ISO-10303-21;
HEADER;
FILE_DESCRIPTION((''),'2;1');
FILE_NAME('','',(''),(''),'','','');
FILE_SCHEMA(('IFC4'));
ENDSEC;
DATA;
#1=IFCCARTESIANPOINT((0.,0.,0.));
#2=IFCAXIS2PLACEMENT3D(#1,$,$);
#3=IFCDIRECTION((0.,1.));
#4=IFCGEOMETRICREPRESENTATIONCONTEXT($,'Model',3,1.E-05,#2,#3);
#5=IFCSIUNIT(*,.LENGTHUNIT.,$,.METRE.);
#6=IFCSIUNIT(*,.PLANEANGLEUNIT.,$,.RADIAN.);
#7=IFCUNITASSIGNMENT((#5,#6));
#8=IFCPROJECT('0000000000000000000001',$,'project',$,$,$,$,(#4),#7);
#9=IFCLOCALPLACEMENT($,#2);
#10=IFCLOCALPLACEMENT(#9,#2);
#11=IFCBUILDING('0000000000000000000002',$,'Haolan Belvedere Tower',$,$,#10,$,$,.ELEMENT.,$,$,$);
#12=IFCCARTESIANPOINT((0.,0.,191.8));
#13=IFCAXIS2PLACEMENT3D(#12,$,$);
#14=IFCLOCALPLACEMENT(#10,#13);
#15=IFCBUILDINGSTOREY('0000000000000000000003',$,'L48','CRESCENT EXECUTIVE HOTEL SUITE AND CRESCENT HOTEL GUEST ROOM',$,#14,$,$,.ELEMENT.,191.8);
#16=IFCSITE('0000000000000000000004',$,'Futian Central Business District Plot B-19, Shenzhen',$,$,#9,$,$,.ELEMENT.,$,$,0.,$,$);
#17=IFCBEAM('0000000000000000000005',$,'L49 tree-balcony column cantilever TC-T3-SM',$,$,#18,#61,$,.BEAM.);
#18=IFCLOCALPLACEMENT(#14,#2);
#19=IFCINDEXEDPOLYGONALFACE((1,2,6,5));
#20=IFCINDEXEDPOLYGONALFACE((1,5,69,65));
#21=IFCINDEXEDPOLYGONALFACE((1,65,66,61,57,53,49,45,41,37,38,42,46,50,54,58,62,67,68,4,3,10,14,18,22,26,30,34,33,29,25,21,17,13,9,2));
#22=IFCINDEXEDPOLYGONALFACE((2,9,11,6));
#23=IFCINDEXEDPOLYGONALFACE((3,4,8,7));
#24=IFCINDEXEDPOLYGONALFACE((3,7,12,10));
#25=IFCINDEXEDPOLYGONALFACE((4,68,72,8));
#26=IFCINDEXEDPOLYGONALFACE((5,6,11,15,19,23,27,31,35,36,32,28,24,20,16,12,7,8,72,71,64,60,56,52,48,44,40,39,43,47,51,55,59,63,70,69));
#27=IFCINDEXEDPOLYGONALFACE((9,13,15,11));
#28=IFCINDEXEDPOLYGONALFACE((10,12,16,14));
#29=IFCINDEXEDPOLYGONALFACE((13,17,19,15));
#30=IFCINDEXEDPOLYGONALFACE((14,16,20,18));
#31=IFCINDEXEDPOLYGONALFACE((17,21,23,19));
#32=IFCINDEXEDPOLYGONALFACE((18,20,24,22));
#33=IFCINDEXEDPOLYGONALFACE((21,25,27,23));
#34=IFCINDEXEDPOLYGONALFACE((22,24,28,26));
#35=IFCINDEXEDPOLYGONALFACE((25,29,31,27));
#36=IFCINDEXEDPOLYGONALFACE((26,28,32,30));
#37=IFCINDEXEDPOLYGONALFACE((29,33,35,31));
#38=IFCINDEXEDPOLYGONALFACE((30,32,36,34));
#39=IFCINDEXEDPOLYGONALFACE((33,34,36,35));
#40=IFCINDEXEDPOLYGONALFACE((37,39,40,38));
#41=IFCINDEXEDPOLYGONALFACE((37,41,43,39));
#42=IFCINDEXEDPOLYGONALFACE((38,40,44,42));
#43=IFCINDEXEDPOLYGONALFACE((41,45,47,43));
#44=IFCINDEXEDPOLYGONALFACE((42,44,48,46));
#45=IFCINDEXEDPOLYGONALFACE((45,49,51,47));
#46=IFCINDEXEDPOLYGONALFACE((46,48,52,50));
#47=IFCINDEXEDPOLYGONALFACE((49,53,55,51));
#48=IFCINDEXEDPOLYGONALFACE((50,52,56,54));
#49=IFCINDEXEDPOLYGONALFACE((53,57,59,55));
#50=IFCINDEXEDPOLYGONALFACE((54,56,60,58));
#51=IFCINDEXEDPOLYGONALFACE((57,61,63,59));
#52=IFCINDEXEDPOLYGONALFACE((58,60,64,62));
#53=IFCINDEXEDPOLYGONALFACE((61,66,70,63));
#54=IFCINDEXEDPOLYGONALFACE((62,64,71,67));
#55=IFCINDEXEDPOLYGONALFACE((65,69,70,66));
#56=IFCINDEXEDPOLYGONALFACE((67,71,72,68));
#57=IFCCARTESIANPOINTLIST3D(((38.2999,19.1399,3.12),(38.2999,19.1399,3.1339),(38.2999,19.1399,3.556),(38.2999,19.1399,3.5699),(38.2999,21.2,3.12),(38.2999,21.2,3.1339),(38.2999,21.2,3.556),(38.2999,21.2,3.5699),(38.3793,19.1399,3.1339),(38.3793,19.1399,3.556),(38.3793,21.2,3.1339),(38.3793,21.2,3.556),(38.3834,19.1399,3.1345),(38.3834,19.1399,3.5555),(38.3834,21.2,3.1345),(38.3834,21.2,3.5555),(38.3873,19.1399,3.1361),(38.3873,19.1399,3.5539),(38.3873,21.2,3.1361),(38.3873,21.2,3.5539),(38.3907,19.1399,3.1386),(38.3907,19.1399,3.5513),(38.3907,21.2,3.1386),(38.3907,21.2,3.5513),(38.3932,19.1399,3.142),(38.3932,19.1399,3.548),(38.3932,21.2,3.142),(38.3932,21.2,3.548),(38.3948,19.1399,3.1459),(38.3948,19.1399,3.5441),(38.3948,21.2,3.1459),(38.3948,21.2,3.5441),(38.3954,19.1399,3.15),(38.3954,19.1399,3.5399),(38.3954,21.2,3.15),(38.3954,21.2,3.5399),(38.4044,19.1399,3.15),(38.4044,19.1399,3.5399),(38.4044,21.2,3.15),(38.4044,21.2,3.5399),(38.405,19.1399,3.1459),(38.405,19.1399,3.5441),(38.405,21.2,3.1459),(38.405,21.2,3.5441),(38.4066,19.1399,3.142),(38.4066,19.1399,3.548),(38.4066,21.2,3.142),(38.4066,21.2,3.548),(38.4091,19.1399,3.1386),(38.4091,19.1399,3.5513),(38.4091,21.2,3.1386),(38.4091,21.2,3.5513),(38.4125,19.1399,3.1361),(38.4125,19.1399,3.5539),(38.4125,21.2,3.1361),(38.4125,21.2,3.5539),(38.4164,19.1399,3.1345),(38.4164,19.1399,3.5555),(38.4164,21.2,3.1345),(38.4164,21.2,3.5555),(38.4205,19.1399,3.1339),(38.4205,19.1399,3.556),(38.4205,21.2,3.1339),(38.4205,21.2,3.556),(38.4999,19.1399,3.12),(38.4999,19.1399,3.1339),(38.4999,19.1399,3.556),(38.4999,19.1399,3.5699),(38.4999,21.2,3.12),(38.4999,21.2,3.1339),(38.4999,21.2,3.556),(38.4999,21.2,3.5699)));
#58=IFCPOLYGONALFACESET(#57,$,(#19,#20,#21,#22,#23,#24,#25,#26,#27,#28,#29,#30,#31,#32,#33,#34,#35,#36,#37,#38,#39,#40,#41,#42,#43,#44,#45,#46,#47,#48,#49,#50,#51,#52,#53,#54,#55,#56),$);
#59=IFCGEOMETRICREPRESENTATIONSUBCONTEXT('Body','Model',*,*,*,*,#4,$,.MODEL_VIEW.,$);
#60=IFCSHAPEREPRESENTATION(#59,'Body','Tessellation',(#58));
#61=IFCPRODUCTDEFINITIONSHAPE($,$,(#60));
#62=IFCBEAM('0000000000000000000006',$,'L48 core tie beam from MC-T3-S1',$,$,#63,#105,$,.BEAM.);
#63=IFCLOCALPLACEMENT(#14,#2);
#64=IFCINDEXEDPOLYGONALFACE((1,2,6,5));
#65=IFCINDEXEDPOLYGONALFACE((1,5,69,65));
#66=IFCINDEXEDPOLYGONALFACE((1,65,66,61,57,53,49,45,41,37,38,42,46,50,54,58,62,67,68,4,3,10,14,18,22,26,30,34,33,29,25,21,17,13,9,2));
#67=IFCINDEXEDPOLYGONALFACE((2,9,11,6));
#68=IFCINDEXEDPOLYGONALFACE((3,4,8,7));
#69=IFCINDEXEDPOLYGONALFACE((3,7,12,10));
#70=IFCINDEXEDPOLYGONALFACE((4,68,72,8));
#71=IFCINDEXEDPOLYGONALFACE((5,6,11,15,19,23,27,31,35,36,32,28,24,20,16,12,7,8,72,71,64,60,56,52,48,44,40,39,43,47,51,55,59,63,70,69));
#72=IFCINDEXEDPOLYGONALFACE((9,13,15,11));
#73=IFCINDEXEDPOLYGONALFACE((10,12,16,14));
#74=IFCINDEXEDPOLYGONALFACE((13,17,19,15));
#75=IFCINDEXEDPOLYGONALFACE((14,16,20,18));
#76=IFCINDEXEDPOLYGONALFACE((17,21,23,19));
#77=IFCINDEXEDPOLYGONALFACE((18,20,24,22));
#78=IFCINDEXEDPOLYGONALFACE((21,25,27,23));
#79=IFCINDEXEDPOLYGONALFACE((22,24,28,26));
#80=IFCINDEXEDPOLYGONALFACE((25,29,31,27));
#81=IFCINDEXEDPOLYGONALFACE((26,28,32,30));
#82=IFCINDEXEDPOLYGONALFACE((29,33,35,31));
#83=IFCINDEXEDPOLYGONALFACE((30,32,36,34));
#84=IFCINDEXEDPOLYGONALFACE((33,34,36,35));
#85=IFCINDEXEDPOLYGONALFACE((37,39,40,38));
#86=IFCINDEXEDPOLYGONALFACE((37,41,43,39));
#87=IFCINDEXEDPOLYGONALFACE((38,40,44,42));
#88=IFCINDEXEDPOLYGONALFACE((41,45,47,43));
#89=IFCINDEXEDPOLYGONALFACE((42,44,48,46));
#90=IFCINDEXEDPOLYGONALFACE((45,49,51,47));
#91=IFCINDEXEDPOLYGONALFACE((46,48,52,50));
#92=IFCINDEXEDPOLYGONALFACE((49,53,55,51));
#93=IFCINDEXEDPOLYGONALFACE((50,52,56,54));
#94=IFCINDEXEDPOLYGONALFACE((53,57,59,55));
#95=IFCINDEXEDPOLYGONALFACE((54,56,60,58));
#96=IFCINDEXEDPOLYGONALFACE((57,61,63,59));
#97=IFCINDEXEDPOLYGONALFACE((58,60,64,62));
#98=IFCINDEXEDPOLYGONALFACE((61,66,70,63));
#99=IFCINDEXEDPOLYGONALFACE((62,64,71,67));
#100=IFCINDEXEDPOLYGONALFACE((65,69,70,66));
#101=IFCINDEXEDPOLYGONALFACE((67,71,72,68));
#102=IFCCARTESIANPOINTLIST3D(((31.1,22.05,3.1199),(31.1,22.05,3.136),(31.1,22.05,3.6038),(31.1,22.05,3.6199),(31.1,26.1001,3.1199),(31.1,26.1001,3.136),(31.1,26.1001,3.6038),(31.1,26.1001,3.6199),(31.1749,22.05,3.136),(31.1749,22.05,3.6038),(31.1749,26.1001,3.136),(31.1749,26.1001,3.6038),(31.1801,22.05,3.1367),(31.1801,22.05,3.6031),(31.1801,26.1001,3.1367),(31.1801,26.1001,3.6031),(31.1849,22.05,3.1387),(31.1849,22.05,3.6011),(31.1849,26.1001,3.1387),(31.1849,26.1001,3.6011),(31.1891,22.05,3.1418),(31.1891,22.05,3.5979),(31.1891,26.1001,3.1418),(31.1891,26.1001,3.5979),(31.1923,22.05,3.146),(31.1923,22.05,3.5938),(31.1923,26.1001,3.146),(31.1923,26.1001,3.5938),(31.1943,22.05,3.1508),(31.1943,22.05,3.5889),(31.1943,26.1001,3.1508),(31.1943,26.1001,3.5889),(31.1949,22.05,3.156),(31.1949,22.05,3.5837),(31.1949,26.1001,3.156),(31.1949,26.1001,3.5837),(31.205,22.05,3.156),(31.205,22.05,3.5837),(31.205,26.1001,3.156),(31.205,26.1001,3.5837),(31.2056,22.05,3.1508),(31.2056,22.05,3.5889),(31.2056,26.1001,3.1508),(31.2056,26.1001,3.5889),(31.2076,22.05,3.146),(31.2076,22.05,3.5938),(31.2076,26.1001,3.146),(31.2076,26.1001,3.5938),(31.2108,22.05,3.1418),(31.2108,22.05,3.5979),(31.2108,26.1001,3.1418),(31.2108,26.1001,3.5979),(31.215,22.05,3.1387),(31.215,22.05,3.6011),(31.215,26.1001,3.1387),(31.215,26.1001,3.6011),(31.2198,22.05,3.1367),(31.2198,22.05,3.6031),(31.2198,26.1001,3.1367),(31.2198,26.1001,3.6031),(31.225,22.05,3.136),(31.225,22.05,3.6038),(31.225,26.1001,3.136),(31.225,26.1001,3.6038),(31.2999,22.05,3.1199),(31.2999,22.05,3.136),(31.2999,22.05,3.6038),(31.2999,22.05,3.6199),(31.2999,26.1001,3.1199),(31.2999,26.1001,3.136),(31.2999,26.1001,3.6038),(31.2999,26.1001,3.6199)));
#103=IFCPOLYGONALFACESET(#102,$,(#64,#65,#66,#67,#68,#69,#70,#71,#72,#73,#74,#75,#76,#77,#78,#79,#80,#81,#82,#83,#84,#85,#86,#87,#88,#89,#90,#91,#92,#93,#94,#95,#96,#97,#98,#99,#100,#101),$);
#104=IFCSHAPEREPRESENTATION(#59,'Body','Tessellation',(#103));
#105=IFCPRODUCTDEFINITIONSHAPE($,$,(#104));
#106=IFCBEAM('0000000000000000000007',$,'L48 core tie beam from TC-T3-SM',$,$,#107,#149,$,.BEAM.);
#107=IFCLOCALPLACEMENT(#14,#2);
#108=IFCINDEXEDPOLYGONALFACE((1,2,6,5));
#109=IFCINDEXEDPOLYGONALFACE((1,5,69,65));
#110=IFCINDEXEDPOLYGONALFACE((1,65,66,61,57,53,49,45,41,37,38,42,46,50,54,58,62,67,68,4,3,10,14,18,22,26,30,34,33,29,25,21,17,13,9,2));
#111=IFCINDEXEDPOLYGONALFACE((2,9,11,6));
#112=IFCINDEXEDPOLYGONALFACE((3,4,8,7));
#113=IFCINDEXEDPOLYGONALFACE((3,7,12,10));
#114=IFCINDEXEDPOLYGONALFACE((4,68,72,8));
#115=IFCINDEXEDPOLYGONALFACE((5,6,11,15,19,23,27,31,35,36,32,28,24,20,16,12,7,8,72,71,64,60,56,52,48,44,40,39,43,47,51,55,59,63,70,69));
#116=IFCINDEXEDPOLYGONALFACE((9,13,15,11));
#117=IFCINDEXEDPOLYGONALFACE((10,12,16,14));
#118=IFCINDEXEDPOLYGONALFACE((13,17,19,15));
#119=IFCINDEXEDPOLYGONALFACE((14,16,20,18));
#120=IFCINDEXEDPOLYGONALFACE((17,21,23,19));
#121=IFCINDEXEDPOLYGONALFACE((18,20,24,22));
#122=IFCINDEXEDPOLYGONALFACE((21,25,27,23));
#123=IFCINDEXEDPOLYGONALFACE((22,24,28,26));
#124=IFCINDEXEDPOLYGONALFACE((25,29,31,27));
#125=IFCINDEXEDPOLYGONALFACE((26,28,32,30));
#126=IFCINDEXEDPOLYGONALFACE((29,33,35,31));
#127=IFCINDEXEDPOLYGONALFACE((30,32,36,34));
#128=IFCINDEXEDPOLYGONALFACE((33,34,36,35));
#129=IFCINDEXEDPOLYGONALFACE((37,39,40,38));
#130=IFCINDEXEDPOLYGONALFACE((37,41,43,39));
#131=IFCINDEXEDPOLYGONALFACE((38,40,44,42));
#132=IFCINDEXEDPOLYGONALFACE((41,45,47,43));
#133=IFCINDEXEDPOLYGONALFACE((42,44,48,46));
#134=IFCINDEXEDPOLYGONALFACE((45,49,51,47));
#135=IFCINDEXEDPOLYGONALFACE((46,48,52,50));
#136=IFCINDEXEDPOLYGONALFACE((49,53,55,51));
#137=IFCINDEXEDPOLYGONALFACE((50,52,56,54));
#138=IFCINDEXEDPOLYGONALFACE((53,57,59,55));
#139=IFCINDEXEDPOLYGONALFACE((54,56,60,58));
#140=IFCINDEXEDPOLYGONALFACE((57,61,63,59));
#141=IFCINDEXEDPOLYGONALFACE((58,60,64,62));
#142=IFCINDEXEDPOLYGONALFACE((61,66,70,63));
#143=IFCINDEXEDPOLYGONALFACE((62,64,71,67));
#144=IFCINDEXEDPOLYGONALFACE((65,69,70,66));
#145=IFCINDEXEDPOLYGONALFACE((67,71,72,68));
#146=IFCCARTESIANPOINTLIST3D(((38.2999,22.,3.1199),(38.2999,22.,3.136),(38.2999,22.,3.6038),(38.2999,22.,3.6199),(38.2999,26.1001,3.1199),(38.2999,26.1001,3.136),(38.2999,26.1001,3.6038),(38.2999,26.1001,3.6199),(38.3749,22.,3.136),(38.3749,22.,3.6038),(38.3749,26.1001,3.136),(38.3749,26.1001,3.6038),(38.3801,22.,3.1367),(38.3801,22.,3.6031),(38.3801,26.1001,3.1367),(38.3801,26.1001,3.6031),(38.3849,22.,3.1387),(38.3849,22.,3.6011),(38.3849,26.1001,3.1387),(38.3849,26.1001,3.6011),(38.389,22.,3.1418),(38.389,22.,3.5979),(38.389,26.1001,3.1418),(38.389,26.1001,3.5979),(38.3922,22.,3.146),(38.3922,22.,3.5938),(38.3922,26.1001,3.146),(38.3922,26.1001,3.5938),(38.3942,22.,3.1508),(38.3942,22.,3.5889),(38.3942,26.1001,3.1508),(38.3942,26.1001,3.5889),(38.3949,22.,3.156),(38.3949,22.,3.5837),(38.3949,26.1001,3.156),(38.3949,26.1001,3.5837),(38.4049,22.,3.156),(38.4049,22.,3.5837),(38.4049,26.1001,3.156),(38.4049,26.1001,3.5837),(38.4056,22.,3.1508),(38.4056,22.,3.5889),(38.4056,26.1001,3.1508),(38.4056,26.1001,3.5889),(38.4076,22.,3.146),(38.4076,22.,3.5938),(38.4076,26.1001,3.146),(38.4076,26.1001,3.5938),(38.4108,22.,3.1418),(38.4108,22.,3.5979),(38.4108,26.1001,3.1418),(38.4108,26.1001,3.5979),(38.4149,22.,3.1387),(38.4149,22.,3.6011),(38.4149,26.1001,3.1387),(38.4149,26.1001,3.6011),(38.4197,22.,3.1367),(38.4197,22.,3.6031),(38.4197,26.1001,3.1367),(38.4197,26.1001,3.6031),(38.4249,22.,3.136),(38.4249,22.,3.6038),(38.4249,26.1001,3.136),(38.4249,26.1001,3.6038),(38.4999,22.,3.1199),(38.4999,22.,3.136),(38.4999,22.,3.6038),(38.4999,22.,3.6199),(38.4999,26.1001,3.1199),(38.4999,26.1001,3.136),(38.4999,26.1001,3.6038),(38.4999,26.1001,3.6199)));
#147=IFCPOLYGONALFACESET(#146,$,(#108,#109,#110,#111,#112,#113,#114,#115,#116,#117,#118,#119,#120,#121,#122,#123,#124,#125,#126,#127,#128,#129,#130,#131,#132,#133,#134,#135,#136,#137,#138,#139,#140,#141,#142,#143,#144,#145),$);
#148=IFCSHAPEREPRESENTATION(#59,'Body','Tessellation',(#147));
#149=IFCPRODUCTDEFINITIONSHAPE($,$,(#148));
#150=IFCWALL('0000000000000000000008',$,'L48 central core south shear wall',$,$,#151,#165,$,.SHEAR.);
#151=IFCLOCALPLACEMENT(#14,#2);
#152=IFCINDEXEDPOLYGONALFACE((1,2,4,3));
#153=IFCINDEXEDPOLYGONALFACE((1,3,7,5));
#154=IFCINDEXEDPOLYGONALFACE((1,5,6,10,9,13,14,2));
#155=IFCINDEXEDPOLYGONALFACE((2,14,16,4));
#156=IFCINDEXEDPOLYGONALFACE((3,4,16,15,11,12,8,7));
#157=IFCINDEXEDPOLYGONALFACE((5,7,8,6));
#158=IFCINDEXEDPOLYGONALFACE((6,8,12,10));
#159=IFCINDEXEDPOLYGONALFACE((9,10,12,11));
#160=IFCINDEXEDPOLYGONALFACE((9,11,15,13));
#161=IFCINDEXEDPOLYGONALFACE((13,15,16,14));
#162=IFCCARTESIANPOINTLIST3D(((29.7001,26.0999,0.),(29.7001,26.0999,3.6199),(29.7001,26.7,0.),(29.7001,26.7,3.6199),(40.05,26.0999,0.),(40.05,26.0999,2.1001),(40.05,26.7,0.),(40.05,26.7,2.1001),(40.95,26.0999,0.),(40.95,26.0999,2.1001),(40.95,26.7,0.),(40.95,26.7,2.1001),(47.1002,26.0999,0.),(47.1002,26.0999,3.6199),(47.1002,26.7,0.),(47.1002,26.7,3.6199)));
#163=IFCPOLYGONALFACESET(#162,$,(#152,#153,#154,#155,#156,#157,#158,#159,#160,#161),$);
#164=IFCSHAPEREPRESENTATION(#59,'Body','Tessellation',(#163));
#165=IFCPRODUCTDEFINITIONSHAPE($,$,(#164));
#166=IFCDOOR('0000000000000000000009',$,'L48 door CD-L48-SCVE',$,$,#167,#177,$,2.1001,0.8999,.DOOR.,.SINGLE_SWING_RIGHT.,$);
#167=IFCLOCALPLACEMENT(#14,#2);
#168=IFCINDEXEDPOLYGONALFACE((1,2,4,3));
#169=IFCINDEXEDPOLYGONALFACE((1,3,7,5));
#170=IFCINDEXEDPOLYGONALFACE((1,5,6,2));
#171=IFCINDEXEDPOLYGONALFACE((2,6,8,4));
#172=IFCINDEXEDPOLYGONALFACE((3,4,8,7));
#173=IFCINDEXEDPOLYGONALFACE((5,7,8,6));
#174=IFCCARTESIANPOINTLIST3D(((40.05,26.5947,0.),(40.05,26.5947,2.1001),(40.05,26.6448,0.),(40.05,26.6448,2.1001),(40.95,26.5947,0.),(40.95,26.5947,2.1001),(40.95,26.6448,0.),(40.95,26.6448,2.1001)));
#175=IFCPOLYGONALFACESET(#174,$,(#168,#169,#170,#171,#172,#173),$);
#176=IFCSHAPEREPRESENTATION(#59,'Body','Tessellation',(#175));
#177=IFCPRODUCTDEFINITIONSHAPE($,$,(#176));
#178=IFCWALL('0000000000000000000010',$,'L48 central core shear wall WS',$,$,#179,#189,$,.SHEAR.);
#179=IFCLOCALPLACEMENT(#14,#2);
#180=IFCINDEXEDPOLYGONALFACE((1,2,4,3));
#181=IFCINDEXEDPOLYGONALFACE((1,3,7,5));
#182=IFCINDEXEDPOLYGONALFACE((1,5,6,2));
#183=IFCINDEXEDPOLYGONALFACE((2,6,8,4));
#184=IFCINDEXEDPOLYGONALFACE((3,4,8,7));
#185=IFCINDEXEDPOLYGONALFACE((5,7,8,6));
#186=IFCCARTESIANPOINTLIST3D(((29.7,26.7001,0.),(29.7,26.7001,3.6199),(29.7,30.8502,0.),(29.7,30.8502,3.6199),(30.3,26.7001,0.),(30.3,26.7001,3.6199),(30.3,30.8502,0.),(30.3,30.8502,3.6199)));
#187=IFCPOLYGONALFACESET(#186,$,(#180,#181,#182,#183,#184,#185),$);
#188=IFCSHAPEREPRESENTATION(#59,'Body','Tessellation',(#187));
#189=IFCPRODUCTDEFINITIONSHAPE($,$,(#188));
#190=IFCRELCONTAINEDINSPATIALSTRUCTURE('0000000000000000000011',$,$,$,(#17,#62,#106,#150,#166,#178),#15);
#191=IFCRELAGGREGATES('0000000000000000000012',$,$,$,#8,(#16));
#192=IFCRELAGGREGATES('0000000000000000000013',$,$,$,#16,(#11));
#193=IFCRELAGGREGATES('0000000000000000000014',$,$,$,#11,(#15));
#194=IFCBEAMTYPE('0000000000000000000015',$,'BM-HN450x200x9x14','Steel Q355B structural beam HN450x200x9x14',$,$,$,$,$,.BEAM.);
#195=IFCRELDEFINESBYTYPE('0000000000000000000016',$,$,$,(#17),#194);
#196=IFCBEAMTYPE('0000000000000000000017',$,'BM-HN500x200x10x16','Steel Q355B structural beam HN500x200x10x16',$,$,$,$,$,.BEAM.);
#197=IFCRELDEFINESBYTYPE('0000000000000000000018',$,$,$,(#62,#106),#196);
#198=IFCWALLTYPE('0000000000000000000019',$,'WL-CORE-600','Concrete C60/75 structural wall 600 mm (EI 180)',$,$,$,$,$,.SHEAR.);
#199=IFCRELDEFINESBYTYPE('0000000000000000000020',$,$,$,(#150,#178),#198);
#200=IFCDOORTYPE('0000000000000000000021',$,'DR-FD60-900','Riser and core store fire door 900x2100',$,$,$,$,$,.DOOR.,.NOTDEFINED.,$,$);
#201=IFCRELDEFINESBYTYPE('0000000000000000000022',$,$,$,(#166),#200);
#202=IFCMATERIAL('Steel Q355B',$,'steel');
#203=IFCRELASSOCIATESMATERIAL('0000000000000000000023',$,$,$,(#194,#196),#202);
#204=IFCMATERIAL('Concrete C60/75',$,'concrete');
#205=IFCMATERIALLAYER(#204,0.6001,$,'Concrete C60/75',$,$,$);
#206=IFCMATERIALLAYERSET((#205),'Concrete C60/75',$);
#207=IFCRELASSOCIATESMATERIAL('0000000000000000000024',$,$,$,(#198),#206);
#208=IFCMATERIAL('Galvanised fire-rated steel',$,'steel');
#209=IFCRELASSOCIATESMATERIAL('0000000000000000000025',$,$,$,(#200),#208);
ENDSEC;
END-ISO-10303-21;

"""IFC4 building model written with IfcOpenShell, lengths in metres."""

from ifc_helpers import new_model, si_unit, direction, frame, frame_2d, origin, origin_2d, place, context, subcontext, project, spatial, rectangle, i_section, extrude, material, layer, layer_set, material_profile, profile_set, type_object, element, fill, save


model = new_model("IFC4")

# Units and contexts
model_context = context("Model", 3, precision=1e-05, world=origin(), true_north=direction((0.0, 1.0)))
body_context = subcontext(model_context, "Body", "Model", "MODEL_VIEW")
ifc_project = project(units=[si_unit("LENGTHUNIT", "METRE"), si_unit("PLANEANGLEUNIT", "RADIAN")], contexts=[model_context])

# Site, building, storey
site_placement = place(None, origin())
site = spatial("IfcSite", under=ifc_project, at=site_placement, Name="Futian Central Business District Plot B-19, Shenzhen", CompositionType="ELEMENT", RefElevation=0.0)
building_placement = place(site_placement, origin())
building = spatial("IfcBuilding", under=site, at=building_placement, Name="Haolan Belvedere Tower", CompositionType="ELEMENT")
storey_placement = place(building_placement, frame((0.0, 0.0, 191.8)))
storey = spatial("IfcBuildingStorey", under=building, at=storey_placement, Name="L48", Description="CRESCENT EXECUTIVE HOTEL SUITE AND CRESCENT HOTEL GUEST ROOM", CompositionType="ELEMENT", Elevation=191.8)

# Beams
ifc_material_1 = material(Name="Steel Q355B", Category="steel")
ifc_material_profile_1 = material_profile(ifc_material_1, i_section(OverallWidth=0.2, OverallDepth=0.45, WebThickness=0.009, FlangeThickness=0.0139, FilletRadius=0.0161, at=origin_2d()), Name="Steel Q355B")
ifc_profile_set_1 = profile_set([ifc_material_profile_1], Name="Steel Q355B")
beam_type_1 = type_object("IfcBeamType", Name="BM-HN450x200x9x14", Description="Steel Q355B structural beam HN450x200x9x14", PredefinedType="BEAM", material=ifc_profile_set_1)
beam_1_placement = place(storey_placement, frame((38.3999, 21.2, 3.345), z_axis=(0.0, -1.0, 0.0), x_axis=(1.0, 0.0, 0.0)))
element("IfcBeam", 1, at=beam_1_placement, inside=storey, type_object=beam_type_1, Name="L49 tree-balcony column cantilever TC-T3-SM", PredefinedType="BEAM", context=body_context, shape_type="SweptSolid", body=[
    extrude(i_section(OverallWidth=0.2, OverallDepth=0.45, WebThickness=0.009, FlangeThickness=0.0139, FilletRadius=0.0161, at=origin_2d()), origin(), (0.0, 0.0, 1.0), 2.0601),
])
ifc_material_profile_2 = material_profile(ifc_material_1, i_section(OverallWidth=0.2, OverallDepth=0.5, WebThickness=0.01, FlangeThickness=0.0161, FilletRadius=0.02, at=origin_2d()), Name="Steel Q355B")
ifc_profile_set_2 = profile_set([ifc_material_profile_2], Name="Steel Q355B")
beam_type_2 = type_object("IfcBeamType", Name="BM-HN500x200x10x16", Description="Steel Q355B structural beam HN500x200x10x16", PredefinedType="BEAM", material=ifc_profile_set_2)
beam_2_placement = place(storey_placement, frame((31.2, 22.05, 3.3699), z_axis=(0.0, 1.0, 0.0), x_axis=(-1.0, 0.0, 0.0)))
element("IfcBeam", 2, at=beam_2_placement, inside=storey, type_object=beam_type_2, Name="L48 core tie beam from MC-T3-S1", PredefinedType="BEAM", context=body_context, shape_type="SweptSolid", body=[
    extrude(i_section(OverallWidth=0.2, OverallDepth=0.5, WebThickness=0.01, FlangeThickness=0.0161, FilletRadius=0.02, at=origin_2d()), origin(), (0.0, 0.0, 1.0), 4.05),
])
beam_3_placement = place(storey_placement, frame((38.3999, 22.0, 3.3699), z_axis=(0.0, 1.0, 0.0), x_axis=(-1.0, 0.0, 0.0)))
element("IfcBeam", 3, at=beam_3_placement, inside=storey, type_object=beam_type_2, Name="L48 core tie beam from TC-T3-SM", PredefinedType="BEAM", context=body_context, shape_type="SweptSolid", body=[
    extrude(i_section(OverallWidth=0.2, OverallDepth=0.5, WebThickness=0.01, FlangeThickness=0.0161, FilletRadius=0.02, at=origin_2d()), origin(), (0.0, 0.0, 1.0), 4.1001),
])

# Wall, opening, door
ifc_material_2 = material(Name="Concrete C60/75", Category="concrete")
ifc_layer_1 = layer(ifc_material_2, 0.6001, Name="Concrete C60/75")
ifc_layer_set_1 = layer_set([ifc_layer_1], Name="Concrete C60/75")
wall_type_1 = type_object("IfcWallType", Name="WL-CORE-600", Description="Concrete C60/75 structural wall 600 mm (EI 180)", PredefinedType="SHEAR", material=ifc_layer_set_1)
wall_1_placement = place(storey_placement, frame((29.7, 26.3999, 0.0), z_axis=(0.0, 0.0, 1.0), x_axis=(1.0, 0.0, 0.0)))
wall_1 = element("IfcWall", 4, at=wall_1_placement, inside=storey, type_object=wall_type_1, Name="L48 central core south shear wall", PredefinedType="SHEAR", context=body_context, shape_type="SweptSolid", body=[
    extrude(rectangle(XDim=17.4001, YDim=0.6001, at=frame_2d((8.7002, 0.0))), origin(), (0.0, 0.0, 1.0), 3.6199),
])
opening_1_placement = place(wall_1_placement, frame((11.25, 0.0, 0.0), z_axis=(0.0, 0.0, 1.0), x_axis=(-1.0, 0.0, 0.0)))
opening_1 = element("IfcOpeningElement", 5, at=opening_1_placement, cuts=wall_1, PredefinedType="OPENING", context=body_context, shape_type="SweptSolid", body=[
    extrude(rectangle(XDim=0.8999, YDim=2.1001, at=frame_2d((0.45, 1.05))), frame((0.0, 0.3101, 0.0), z_axis=(0.0, -1.0, 0.0), x_axis=(1.0, 0.0, 0.0)), (0.0, 0.0, 1.0), 0.6201),
])
ifc_material_3 = material(Name="Galvanised fire-rated steel", Category="steel")
door_type_1 = type_object("IfcDoorType", Name="DR-FD60-900", Description="Riser and core store fire door 900x2100", OperationType="NOTDEFINED", PredefinedType="DOOR", material=ifc_material_3)
door_1_placement = place(opening_1_placement, origin())
door_1 = element("IfcDoor", 6, at=door_1_placement, inside=storey, type_object=door_type_1, Name="L48 door CD-L48-SCVE", OperationType="SINGLE_SWING_RIGHT", OverallHeight=2.1001, OverallWidth=0.8999, PredefinedType="DOOR", context=body_context, shape_type="SweptSolid", body=[
    extrude(rectangle(XDim=0.8999, YDim=2.1001, at=frame_2d((0.45, 1.05))), frame((0.0, -0.1948, 0.0), z_axis=(0.0, -1.0, 0.0), x_axis=(1.0, 0.0, 0.0)), (0.0, 0.0, 1.0), 0.05),
])
fill(opening_1, door_1)

# Wall
wall_2_placement = place(storey_placement, frame((30.0, 26.7, 0.0), z_axis=(0.0, 0.0, 1.0), x_axis=(0.0, 1.0, 0.0)))
element("IfcWall", 7, at=wall_2_placement, inside=storey, type_object=wall_type_1, Name="L48 central core shear wall WS", PredefinedType="SHEAR", context=body_context, shape_type="SweptSolid", body=[
    extrude(rectangle(XDim=4.1501, YDim=0.6001, at=frame_2d((2.0752, 0.0))), origin(), (0.0, 0.0, 1.0), 3.6199),
])

save(model, "model.ifc")
